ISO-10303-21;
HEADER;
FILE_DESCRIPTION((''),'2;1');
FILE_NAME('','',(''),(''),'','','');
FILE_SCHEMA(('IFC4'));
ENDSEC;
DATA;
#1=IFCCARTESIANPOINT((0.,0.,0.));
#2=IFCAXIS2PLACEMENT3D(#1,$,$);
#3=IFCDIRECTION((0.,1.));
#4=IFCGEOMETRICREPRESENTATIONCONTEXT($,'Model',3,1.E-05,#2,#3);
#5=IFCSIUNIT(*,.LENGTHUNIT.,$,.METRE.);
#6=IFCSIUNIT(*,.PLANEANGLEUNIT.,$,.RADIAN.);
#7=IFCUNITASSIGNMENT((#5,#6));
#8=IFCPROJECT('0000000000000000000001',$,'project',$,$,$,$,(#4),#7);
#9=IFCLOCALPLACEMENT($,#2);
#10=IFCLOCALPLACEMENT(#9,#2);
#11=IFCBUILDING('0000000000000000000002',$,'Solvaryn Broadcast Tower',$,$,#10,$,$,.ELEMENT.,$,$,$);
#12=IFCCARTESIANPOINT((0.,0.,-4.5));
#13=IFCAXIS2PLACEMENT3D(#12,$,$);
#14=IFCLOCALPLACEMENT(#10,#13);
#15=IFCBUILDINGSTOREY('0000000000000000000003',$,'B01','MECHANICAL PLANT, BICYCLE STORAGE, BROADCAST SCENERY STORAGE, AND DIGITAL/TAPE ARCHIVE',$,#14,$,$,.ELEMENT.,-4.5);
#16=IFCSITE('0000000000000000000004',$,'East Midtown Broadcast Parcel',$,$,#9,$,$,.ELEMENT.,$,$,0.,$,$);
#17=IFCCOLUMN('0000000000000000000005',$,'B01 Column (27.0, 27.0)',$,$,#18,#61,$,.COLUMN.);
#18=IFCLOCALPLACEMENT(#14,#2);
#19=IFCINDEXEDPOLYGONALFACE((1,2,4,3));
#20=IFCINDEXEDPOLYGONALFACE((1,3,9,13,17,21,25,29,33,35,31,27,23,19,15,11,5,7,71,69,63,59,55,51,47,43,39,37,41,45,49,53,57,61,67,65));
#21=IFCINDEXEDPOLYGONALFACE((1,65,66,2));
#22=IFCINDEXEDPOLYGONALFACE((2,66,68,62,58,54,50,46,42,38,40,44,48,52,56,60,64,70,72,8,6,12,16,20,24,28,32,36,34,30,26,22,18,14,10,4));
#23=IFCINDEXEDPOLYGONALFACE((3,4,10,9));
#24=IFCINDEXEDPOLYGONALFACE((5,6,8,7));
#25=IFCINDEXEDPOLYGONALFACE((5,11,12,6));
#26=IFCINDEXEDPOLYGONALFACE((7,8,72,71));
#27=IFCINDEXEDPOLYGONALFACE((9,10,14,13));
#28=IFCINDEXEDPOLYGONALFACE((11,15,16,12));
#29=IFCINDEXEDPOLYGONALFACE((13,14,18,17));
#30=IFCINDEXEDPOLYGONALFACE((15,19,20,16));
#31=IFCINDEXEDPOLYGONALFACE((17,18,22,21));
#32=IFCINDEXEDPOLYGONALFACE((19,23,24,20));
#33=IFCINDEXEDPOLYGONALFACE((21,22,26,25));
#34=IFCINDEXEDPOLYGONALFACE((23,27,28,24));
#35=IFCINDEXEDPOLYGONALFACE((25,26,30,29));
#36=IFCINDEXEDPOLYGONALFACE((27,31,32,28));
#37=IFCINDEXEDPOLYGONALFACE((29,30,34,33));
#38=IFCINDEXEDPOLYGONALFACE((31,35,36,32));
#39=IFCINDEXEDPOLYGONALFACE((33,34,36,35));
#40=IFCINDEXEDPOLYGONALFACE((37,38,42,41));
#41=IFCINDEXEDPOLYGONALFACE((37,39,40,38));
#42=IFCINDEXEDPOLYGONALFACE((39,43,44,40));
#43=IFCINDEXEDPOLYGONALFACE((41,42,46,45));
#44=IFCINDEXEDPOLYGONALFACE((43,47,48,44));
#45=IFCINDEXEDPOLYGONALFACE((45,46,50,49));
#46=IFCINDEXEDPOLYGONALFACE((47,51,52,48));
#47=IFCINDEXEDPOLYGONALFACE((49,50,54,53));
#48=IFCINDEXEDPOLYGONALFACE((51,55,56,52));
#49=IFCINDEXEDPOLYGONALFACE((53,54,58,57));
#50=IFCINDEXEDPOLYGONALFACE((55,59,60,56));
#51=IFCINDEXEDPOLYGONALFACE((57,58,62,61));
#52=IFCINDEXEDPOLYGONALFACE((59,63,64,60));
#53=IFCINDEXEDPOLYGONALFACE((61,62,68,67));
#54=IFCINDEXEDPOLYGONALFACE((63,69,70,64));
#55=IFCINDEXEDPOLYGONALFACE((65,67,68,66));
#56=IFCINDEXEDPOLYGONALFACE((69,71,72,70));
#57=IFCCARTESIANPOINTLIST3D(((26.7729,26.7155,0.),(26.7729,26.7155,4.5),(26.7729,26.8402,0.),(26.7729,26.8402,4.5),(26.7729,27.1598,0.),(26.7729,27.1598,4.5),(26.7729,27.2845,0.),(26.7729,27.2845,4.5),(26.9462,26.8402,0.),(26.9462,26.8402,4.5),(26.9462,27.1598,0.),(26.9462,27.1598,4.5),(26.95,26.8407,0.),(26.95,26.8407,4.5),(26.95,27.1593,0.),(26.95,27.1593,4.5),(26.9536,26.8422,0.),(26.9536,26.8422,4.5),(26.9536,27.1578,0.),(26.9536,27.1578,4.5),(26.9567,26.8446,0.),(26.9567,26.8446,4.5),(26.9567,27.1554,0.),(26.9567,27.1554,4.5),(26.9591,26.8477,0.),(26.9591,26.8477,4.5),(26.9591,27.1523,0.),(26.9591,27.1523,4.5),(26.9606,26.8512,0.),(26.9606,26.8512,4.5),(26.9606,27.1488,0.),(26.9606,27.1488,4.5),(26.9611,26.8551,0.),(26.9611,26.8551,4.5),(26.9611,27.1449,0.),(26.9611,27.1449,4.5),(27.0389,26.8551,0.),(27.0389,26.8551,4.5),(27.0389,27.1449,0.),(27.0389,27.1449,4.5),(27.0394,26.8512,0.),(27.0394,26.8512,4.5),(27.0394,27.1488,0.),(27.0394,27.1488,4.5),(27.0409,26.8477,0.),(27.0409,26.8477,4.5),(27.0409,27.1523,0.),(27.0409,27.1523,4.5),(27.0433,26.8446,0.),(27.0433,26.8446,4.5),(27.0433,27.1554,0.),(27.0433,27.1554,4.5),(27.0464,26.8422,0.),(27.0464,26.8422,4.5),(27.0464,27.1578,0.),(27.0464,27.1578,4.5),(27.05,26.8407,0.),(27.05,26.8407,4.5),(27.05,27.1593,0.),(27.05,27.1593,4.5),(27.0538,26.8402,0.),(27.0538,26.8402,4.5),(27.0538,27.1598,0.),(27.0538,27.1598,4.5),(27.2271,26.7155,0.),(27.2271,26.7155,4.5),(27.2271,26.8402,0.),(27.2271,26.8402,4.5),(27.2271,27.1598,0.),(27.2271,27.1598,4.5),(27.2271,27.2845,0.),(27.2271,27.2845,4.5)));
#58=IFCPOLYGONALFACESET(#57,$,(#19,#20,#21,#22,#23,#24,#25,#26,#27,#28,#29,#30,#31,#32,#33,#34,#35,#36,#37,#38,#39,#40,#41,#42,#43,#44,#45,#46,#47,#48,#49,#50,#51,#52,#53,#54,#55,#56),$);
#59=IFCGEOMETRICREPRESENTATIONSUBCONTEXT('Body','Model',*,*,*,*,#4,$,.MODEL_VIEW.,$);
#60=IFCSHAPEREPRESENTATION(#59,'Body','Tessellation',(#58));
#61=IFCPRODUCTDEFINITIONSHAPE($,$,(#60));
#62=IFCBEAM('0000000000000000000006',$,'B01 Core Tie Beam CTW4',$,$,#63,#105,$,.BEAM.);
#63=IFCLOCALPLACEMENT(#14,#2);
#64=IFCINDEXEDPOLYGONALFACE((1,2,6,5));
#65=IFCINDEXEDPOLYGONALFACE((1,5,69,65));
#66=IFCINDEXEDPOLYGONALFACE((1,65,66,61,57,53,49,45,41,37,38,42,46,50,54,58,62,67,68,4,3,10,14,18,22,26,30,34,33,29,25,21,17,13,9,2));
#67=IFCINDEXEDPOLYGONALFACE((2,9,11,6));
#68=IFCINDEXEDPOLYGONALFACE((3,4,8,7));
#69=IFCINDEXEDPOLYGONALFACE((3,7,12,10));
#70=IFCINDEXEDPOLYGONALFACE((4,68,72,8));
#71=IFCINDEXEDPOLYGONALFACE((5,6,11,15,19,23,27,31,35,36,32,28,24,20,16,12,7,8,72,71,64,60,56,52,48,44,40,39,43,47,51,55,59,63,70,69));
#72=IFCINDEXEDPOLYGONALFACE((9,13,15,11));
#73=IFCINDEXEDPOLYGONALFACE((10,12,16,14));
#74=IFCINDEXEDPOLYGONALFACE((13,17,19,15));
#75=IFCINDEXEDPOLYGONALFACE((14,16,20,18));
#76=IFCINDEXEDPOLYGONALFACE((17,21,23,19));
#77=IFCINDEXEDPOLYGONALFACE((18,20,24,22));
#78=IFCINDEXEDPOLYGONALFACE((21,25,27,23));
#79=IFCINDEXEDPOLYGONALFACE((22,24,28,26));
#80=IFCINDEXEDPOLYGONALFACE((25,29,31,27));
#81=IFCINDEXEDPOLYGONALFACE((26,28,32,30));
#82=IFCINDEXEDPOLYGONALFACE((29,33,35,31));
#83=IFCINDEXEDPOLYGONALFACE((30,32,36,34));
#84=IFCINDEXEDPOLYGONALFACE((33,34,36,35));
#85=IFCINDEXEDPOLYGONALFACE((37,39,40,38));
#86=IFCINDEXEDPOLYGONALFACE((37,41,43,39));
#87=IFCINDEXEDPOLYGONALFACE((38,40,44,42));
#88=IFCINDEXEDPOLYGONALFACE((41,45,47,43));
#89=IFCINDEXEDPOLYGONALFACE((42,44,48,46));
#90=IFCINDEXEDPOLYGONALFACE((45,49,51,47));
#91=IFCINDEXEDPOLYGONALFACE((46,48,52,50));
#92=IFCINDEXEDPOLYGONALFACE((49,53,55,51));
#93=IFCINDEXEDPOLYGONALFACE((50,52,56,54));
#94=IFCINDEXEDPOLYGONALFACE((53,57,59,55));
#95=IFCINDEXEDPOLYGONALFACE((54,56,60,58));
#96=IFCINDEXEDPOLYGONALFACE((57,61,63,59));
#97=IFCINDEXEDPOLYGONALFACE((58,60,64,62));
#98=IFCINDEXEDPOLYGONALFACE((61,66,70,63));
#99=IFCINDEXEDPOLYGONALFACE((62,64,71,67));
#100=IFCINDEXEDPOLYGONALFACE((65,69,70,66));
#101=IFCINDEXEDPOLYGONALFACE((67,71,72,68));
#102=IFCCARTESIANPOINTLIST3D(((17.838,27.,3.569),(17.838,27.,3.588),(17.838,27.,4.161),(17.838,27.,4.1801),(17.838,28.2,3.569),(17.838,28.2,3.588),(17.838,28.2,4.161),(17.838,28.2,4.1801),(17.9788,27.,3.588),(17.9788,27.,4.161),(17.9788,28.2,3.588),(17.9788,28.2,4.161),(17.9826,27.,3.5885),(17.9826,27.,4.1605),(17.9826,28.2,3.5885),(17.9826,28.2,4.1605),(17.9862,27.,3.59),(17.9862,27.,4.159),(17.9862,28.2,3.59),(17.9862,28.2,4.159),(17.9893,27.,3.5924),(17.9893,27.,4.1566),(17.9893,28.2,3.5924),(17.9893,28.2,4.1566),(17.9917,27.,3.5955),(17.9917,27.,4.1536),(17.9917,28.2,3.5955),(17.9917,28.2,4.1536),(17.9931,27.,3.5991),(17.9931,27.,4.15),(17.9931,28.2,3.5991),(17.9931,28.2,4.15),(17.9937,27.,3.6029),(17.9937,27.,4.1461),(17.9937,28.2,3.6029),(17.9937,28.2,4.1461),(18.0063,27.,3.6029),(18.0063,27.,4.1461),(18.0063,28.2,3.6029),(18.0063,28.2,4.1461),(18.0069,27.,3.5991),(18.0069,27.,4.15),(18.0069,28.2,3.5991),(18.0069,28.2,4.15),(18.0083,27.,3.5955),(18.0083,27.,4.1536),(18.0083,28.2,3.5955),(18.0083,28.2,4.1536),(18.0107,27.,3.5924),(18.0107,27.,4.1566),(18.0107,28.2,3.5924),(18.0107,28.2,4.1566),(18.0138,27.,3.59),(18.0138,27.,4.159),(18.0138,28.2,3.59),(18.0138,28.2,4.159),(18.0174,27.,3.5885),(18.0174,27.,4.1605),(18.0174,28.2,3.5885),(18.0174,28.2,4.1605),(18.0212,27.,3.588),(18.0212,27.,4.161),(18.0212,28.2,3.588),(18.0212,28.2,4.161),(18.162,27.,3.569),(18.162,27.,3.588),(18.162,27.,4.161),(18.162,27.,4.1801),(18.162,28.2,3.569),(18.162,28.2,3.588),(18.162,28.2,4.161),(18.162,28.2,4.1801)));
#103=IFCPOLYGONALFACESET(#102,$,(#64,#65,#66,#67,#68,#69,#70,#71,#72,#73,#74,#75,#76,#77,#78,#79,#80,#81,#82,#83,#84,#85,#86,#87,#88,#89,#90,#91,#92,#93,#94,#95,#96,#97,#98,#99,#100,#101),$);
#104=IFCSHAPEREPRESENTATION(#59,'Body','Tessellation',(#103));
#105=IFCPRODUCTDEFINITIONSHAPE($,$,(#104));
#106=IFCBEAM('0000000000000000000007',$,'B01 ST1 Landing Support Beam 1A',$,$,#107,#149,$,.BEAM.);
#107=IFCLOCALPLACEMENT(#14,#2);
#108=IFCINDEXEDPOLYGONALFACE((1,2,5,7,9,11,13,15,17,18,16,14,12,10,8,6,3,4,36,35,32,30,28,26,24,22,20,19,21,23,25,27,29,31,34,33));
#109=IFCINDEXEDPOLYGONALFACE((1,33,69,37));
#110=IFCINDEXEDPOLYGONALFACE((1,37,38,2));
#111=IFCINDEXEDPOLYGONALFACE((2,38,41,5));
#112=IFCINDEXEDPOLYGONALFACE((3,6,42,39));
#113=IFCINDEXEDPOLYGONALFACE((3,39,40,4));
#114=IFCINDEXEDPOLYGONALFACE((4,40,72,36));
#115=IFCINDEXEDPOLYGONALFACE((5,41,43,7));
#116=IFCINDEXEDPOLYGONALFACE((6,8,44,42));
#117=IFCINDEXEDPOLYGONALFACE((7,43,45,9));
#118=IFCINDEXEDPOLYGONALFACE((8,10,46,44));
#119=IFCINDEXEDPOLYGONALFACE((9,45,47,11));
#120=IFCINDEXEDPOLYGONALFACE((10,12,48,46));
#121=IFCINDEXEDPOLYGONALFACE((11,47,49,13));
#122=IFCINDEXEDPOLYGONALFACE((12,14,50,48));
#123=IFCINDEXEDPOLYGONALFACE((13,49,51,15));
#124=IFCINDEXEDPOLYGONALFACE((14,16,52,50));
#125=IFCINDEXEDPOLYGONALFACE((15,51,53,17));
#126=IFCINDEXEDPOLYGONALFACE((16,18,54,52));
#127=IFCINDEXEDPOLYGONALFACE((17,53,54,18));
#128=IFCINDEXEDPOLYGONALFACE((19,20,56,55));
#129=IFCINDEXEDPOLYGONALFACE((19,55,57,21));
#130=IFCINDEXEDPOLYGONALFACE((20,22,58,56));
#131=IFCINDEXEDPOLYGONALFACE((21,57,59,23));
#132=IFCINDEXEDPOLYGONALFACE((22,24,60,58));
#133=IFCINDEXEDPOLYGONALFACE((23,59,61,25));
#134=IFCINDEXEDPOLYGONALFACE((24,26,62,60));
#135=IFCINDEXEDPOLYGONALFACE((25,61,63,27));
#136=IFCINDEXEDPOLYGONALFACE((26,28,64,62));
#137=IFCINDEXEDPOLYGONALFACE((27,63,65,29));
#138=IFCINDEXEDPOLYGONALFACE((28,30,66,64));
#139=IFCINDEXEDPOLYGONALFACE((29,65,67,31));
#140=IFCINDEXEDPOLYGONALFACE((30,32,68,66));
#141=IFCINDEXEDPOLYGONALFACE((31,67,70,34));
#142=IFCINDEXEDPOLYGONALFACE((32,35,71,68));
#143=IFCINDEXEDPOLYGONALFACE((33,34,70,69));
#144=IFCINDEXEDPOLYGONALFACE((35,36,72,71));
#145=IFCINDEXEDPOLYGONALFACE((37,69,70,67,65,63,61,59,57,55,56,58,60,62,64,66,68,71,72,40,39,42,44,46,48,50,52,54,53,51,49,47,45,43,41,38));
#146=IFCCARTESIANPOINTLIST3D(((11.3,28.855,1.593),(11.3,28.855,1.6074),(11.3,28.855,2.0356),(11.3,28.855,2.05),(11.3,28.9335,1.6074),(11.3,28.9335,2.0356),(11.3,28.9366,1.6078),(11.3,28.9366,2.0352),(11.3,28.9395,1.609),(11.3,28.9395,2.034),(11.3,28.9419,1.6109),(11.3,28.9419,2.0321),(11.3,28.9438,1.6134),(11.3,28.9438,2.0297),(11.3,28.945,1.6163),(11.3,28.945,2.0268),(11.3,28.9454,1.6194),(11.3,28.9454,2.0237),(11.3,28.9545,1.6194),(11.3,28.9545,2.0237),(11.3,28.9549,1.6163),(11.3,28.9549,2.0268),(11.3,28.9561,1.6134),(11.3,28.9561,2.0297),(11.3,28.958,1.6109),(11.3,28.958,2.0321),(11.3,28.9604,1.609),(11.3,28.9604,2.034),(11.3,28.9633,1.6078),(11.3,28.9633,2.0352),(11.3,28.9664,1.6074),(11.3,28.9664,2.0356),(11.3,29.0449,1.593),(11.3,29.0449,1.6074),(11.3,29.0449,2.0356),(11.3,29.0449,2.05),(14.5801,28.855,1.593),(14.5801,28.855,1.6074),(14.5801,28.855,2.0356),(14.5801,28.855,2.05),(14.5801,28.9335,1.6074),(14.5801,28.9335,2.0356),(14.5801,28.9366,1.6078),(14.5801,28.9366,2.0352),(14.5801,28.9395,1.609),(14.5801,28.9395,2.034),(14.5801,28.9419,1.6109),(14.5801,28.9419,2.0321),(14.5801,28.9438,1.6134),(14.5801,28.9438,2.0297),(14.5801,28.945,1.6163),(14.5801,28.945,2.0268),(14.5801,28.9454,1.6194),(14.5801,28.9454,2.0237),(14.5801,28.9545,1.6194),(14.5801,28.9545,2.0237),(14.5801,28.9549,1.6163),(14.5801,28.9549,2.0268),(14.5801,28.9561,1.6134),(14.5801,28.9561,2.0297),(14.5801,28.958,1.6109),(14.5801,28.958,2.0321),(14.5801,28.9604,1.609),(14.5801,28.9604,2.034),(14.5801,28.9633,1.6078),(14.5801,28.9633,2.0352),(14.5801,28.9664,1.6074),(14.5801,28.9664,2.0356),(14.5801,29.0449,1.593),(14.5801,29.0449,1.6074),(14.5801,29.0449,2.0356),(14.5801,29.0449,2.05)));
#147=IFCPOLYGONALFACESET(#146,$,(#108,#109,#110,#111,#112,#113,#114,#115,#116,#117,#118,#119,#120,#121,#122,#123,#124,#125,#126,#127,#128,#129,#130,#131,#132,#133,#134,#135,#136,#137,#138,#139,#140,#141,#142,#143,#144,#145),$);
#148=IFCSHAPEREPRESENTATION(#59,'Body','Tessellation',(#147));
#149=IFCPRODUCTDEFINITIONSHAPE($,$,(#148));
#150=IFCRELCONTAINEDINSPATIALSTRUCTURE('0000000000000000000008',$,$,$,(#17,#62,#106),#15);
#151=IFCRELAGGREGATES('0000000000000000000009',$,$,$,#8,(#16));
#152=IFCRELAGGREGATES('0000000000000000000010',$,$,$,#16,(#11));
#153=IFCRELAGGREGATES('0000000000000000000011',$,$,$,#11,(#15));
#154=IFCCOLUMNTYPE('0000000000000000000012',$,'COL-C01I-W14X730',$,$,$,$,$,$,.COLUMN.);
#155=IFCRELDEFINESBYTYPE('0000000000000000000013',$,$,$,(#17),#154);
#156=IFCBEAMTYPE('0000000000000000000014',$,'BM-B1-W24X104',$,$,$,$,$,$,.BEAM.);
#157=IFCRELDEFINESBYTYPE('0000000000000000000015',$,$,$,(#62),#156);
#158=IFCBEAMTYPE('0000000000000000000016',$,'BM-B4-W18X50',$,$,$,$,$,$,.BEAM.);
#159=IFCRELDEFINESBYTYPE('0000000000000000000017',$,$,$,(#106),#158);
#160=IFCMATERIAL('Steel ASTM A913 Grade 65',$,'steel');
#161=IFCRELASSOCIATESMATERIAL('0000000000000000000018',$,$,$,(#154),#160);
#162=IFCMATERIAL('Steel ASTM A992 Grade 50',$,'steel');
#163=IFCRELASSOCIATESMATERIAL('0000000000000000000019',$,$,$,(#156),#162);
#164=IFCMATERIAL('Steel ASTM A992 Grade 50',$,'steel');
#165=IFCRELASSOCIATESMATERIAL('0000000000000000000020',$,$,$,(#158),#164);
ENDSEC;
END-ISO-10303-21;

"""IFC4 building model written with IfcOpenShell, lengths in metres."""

from ifc_helpers import new_model, si_unit, direction, frame, origin, origin_2d, place, context, subcontext, project, spatial, i_section, extrude, material, material_profile, profile_set, type_object, element, save


model = new_model("IFC4")

# Units and contexts
model_context = context("Model", 3, precision=1e-05, world=origin(), true_north=direction((0.0, 1.0)))
body_context = subcontext(model_context, "Body", "Model", "MODEL_VIEW")
ifc_project = project(units=[si_unit("LENGTHUNIT", "METRE"), si_unit("PLANEANGLEUNIT", "RADIAN")], contexts=[model_context])

# Site, building, storey
site_placement = place(None, origin())
site = spatial("IfcSite", under=ifc_project, at=site_placement, Name="East Midtown Broadcast Parcel", CompositionType="ELEMENT", RefElevation=0.0)
building_placement = place(site_placement, origin())
building = spatial("IfcBuilding", under=site, at=building_placement, Name="Solvaryn Broadcast Tower", CompositionType="ELEMENT")
storey_placement = place(building_placement, frame((0.0, 0.0, -4.5)))
storey = spatial("IfcBuildingStorey", under=building, at=storey_placement, Name="B01", Description="MECHANICAL PLANT, BICYCLE STORAGE, BROADCAST SCENERY STORAGE, AND DIGITAL/TAPE ARCHIVE", CompositionType="ELEMENT", Elevation=-4.5)

# Column
ifc_material_1 = material(Name="Steel ASTM A913 Grade 65", Category="steel")
ifc_material_profile_1 = material_profile(ifc_material_1, i_section(OverallWidth=0.4541, OverallDepth=0.5691, WebThickness=0.0779, FlangeThickness=0.1248, FilletRadius=0.0149, at=origin_2d()))
ifc_profile_set_1 = profile_set([ifc_material_profile_1], Name="Steel ASTM A913 Grade 65")
column_type = type_object("IfcColumnType", Name="COL-C01I-W14X730", PredefinedType="COLUMN", material=ifc_profile_set_1)
for number, where, z_axis, x_axis, name in (
    (1, (27.0, 27.0, 0.0), (0.0, 0.0, 1.0), (1.0, 0.0, 0.0), "B01 Column (27.0, 27.0)"),
):
    element("IfcColumn", number, at=place(storey_placement, frame(where, z_axis=z_axis, x_axis=x_axis)), inside=storey, type_object=column_type, Name=name, PredefinedType="COLUMN", context=body_context, shape_type="SweptSolid", body=[
        extrude(i_section(OverallWidth=0.4541, OverallDepth=0.5691, WebThickness=0.0779, FlangeThickness=0.1248, FilletRadius=0.0149, at=origin_2d()), origin(), (0.0, 0.0, 1.0), 4.5),
    ])

# Beams
ifc_material_2 = material(Name="Steel ASTM A992 Grade 50", Category="steel")
ifc_material_profile_2 = material_profile(ifc_material_2, i_section(OverallWidth=0.324, OverallDepth=0.6111, WebThickness=0.0127, FlangeThickness=0.019, FilletRadius=0.0149, at=origin_2d()))
ifc_profile_set_2 = profile_set([ifc_material_profile_2], Name="Steel ASTM A992 Grade 50")
beam_type_1 = type_object("IfcBeamType", Name="BM-B1-W24X104", PredefinedType="BEAM", material=ifc_profile_set_2)
beam_1_placement = place(storey_placement, frame((18.0, 27.0, 3.8745), z_axis=(0.0, 1.0, 0.0), x_axis=(-1.0, 0.0, 0.0)))
element("IfcBeam", 2, at=beam_1_placement, inside=storey, type_object=beam_type_1, Name="B01 Core Tie Beam CTW4", PredefinedType="BEAM", context=body_context, shape_type="SweptSolid", body=[
    extrude(i_section(OverallWidth=0.324, OverallDepth=0.6111, WebThickness=0.0127, FlangeThickness=0.019, FilletRadius=0.0149, at=origin_2d()), origin(), (0.0, 0.0, 1.0), 1.2),
])
ifc_material_3 = material(Name="Steel ASTM A992 Grade 50", Category="steel")
ifc_material_profile_3 = material_profile(ifc_material_3, i_section(OverallWidth=0.1899, OverallDepth=0.457, WebThickness=0.009, FlangeThickness=0.0144, FilletRadius=0.012, at=origin_2d()))
ifc_profile_set_3 = profile_set([ifc_material_profile_3], Name="Steel ASTM A992 Grade 50")
beam_type_2 = type_object("IfcBeamType", Name="BM-B4-W18X50", PredefinedType="BEAM", material=ifc_profile_set_3)
beam_2_placement = place(storey_placement, frame((11.3, 28.95, 1.8215), z_axis=(1.0, 0.0, 0.0), x_axis=(0.0, 1.0, 0.0)))
element("IfcBeam", 3, at=beam_2_placement, inside=storey, type_object=beam_type_2, Name="B01 ST1 Landing Support Beam 1A", PredefinedType="BEAM", context=body_context, shape_type="SweptSolid", body=[
    extrude(i_section(OverallWidth=0.1899, OverallDepth=0.457, WebThickness=0.009, FlangeThickness=0.0144, FilletRadius=0.012, at=origin_2d()), origin(), (0.0, 0.0, 1.0), 3.28),
])

save(model, "model.ifc")
